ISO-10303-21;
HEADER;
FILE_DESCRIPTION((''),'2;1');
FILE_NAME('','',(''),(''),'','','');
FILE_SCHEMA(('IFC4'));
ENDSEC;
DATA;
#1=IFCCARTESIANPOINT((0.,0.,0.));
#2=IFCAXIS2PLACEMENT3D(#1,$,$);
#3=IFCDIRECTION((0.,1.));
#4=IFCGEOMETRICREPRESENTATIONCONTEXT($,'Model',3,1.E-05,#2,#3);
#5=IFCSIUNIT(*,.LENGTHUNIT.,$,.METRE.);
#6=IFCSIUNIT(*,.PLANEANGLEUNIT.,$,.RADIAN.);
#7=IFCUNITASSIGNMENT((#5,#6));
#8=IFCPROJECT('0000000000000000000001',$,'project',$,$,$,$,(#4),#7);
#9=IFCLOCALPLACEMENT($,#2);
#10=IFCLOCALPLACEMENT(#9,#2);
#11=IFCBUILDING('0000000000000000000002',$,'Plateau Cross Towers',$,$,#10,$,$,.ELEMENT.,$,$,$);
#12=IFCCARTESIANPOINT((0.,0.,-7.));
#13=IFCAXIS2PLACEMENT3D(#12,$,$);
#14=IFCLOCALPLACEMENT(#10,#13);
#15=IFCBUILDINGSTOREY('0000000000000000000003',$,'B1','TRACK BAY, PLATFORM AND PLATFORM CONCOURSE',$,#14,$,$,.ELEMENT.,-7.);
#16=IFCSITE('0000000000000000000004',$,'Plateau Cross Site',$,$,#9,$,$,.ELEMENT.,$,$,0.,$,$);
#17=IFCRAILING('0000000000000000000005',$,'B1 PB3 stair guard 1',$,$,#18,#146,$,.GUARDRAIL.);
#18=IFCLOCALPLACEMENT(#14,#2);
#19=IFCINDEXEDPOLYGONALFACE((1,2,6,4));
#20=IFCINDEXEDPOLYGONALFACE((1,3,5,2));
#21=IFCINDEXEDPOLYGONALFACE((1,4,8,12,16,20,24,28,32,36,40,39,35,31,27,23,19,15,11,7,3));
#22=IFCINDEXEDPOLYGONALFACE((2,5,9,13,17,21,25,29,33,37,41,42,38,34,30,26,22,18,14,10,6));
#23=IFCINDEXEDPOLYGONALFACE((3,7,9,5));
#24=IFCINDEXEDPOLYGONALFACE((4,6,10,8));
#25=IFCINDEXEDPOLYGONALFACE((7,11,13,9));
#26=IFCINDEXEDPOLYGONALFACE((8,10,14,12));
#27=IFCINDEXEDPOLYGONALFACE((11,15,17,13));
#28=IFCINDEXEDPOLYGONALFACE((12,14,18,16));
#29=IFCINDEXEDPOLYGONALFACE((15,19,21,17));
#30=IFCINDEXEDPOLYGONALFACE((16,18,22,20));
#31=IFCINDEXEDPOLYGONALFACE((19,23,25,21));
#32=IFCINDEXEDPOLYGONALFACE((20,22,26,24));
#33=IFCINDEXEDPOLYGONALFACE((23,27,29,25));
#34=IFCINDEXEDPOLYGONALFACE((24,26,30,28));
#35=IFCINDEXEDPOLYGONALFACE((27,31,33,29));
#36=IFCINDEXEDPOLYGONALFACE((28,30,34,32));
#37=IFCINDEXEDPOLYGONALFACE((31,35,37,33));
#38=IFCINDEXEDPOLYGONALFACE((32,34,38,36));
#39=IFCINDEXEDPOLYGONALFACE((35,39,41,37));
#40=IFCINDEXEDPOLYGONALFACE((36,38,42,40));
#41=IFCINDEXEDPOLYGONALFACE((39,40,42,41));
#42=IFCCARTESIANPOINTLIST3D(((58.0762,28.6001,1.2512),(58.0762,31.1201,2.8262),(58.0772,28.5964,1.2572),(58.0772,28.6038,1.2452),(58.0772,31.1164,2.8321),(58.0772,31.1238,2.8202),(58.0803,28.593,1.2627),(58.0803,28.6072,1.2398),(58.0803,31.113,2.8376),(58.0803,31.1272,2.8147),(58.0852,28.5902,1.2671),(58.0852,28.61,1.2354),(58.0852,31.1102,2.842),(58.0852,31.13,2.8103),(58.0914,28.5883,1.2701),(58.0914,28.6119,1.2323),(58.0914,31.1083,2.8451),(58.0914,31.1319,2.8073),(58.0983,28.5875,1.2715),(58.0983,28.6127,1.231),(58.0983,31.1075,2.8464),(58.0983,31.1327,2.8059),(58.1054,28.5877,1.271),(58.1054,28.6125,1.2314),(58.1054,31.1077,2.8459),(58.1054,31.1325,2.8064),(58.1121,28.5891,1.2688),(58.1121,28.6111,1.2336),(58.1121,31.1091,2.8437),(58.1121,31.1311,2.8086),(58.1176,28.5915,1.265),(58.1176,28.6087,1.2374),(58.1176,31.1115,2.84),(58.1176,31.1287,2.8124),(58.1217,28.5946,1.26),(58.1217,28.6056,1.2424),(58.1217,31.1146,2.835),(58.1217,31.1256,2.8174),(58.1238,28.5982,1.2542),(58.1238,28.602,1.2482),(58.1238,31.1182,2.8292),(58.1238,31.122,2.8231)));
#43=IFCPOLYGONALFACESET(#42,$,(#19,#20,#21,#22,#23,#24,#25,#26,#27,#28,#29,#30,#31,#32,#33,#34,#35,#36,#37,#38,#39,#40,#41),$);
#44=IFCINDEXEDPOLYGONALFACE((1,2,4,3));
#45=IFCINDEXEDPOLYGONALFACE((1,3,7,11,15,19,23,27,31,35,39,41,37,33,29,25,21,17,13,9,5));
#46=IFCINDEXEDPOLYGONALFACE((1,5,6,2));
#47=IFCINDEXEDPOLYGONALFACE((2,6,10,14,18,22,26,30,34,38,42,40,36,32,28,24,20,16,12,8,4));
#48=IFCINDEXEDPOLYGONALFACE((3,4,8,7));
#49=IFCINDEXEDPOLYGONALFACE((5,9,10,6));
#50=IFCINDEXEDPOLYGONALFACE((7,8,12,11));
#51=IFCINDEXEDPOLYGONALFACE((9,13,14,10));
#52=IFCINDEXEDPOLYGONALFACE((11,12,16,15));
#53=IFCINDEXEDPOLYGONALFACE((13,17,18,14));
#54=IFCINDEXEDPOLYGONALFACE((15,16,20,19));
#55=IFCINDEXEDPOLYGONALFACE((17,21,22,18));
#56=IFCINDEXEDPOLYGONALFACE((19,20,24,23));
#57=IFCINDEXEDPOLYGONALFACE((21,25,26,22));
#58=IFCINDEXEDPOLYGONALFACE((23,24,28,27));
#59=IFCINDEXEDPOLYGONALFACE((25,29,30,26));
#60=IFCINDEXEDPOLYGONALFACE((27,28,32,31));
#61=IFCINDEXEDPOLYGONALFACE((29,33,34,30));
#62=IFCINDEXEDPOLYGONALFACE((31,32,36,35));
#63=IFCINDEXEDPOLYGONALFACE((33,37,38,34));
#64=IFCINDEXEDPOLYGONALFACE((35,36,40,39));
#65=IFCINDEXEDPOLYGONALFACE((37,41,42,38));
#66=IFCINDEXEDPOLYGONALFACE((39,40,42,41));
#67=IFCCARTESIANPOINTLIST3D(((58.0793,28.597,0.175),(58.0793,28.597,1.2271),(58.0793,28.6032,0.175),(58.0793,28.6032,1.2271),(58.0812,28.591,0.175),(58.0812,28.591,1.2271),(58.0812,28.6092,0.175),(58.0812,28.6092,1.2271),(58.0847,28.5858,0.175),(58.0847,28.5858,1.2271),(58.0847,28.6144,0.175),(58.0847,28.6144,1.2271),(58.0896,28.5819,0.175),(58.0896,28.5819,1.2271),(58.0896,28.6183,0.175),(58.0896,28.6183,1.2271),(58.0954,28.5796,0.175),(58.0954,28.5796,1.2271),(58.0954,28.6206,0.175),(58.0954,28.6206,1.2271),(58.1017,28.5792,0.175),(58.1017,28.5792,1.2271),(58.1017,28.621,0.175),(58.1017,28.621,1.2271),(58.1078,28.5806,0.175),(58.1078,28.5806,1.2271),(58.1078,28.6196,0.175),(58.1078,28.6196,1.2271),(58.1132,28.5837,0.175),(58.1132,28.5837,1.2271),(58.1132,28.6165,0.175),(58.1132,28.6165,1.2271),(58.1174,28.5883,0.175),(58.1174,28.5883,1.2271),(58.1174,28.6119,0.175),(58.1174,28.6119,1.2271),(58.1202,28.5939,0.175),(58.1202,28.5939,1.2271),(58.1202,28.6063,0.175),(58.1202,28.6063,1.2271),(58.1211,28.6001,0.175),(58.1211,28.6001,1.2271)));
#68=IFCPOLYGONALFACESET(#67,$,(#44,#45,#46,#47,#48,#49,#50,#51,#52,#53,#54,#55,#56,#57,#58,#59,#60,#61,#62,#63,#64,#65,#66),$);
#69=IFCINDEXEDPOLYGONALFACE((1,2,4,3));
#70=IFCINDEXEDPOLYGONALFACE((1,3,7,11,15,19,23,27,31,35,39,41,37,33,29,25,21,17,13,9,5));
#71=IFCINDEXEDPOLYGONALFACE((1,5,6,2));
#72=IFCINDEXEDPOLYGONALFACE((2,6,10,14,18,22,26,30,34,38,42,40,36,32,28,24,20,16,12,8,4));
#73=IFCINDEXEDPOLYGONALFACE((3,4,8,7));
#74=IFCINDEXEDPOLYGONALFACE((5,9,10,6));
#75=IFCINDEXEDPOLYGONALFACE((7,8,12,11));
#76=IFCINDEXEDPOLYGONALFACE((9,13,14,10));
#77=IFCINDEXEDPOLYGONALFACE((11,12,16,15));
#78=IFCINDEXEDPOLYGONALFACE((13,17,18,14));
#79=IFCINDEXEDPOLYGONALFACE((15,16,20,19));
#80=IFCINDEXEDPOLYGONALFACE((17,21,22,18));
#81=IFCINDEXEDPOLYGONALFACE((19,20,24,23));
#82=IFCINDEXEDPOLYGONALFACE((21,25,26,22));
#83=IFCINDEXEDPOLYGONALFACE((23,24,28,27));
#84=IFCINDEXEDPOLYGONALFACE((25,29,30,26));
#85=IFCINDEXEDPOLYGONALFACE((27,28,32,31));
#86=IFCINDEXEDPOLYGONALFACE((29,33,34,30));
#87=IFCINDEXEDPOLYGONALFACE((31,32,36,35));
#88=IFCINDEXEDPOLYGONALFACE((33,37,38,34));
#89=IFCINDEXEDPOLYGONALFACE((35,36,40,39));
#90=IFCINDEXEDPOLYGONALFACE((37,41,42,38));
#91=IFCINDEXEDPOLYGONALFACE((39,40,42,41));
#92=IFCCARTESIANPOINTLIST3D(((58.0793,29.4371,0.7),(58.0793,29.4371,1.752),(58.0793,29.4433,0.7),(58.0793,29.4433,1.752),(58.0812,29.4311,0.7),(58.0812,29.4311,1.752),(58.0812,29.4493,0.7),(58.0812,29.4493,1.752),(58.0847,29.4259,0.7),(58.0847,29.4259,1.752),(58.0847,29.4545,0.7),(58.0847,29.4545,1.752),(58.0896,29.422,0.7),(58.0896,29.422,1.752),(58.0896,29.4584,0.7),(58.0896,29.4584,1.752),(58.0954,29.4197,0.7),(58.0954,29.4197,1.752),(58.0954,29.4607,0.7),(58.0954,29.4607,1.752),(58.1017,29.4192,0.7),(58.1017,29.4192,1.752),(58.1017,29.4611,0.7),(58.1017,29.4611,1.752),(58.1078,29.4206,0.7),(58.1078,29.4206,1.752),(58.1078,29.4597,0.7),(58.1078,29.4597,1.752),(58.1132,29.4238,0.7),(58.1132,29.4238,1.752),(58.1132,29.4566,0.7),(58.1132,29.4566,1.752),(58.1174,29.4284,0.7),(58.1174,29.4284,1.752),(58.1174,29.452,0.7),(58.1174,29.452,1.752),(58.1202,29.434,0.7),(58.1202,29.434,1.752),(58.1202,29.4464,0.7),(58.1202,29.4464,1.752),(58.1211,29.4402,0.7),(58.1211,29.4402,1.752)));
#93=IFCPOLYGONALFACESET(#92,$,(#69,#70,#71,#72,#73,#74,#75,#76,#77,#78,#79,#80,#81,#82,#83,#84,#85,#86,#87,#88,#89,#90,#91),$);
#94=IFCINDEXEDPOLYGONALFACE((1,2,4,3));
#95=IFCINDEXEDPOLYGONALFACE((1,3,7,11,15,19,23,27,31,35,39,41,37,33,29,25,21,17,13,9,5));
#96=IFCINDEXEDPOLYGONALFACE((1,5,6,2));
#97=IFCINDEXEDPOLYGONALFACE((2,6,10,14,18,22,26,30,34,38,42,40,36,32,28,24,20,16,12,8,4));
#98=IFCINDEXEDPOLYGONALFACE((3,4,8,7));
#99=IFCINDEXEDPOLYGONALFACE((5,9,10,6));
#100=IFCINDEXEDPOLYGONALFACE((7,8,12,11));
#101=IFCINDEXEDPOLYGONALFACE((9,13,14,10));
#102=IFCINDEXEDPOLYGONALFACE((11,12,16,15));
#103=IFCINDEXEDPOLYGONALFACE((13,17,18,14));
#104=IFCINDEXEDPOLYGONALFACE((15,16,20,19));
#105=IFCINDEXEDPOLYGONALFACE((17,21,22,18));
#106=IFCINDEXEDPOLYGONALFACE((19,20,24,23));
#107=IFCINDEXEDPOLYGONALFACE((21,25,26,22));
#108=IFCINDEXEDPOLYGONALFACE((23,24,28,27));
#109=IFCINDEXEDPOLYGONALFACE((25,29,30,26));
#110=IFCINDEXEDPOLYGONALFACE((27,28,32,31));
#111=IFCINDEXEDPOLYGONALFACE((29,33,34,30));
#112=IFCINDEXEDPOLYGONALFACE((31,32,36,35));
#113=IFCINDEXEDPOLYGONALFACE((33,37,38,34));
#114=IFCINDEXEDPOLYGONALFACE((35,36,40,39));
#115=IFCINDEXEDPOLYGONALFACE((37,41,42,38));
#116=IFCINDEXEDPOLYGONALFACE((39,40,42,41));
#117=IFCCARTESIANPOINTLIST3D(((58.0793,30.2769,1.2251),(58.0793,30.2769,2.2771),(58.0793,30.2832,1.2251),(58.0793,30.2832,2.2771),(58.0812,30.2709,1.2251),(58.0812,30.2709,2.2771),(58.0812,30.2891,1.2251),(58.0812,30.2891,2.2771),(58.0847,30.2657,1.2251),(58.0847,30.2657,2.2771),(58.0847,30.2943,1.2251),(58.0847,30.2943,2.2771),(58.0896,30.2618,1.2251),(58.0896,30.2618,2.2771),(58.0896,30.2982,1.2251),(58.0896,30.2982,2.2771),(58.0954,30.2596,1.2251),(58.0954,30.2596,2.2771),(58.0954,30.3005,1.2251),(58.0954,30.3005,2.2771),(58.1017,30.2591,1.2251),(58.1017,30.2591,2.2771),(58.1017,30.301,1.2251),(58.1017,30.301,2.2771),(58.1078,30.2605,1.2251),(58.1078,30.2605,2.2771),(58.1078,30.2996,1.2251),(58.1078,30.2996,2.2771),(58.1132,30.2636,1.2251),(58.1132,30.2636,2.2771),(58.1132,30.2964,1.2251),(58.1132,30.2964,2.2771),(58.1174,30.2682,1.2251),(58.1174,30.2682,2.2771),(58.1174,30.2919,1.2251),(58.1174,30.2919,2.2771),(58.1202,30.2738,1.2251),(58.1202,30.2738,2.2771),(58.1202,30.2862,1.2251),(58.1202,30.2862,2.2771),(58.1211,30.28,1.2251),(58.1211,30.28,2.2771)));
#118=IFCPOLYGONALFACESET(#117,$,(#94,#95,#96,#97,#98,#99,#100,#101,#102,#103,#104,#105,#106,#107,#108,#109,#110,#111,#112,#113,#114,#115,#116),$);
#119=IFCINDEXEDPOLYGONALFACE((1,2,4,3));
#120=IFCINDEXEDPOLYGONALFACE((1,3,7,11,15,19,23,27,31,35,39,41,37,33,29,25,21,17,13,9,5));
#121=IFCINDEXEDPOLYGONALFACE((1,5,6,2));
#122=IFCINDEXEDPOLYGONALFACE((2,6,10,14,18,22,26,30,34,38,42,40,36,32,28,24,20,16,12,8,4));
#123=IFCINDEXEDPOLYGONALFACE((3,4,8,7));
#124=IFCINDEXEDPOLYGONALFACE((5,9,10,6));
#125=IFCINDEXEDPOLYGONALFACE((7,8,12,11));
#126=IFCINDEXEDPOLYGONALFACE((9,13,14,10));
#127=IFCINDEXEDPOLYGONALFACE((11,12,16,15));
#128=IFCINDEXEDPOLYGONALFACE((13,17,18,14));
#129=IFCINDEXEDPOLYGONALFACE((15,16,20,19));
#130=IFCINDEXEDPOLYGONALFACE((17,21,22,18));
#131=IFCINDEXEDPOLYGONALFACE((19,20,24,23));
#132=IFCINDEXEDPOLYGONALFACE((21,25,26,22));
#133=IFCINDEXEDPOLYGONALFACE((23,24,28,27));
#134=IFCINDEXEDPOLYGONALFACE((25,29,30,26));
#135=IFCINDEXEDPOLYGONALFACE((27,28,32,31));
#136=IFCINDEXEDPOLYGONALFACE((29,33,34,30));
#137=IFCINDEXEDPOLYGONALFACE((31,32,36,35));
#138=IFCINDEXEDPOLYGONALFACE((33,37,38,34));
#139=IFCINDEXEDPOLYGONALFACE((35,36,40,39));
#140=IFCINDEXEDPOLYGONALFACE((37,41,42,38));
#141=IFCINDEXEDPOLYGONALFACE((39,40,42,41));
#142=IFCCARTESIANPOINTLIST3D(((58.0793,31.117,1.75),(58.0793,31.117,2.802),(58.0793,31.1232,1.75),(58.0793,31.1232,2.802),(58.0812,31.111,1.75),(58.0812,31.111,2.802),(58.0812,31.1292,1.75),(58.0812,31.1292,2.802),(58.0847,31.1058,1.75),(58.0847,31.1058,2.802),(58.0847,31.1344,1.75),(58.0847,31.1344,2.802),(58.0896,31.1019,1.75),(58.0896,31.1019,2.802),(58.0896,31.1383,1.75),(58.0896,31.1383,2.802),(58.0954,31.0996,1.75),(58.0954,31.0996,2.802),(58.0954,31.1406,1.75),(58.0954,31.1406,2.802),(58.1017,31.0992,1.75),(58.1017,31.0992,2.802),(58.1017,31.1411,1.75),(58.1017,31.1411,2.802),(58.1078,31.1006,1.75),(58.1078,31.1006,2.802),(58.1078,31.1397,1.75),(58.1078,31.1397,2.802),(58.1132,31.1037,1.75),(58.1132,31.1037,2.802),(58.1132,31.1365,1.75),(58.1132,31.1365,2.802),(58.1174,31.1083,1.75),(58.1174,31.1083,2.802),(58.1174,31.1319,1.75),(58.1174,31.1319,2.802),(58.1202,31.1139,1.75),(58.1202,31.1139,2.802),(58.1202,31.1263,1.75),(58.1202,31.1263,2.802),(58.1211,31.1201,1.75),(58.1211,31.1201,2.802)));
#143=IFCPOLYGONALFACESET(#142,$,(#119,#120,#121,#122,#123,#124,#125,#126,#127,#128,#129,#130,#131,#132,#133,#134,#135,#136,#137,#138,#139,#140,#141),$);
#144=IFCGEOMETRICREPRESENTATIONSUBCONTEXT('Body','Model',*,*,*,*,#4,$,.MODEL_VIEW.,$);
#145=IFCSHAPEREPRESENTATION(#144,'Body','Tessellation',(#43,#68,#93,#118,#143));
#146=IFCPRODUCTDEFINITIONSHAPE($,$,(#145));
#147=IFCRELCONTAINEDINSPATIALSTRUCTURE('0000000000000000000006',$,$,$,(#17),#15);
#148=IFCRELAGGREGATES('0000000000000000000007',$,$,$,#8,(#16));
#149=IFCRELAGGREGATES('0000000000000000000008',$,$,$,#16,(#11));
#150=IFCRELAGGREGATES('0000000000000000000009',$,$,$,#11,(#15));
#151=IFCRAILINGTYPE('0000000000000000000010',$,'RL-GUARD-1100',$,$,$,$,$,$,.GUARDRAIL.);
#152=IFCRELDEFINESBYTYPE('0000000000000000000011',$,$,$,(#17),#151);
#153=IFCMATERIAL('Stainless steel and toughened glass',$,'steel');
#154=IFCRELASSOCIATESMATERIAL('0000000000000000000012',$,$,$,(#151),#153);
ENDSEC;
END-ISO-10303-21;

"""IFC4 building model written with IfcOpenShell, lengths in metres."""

from ifc_helpers import new_model, si_unit, direction, frame, origin, origin_2d, place, context, subcontext, project, spatial, circle, extrude, material, type_object, element, save


model = new_model("IFC4")

# Units and contexts
model_context = context("Model", 3, precision=1e-05, world=origin(), true_north=direction((0.0, 1.0)))
body_context = subcontext(model_context, "Body", "Model", "MODEL_VIEW")
ifc_project = project(units=[si_unit("LENGTHUNIT", "METRE"), si_unit("PLANEANGLEUNIT", "RADIAN")], contexts=[model_context])

# Site, building, storey
site_placement = place(None, origin())
site = spatial("IfcSite", under=ifc_project, at=site_placement, Name="Plateau Cross Site", CompositionType="ELEMENT", RefElevation=0.0)
building_placement = place(site_placement, origin())
building = spatial("IfcBuilding", under=site, at=building_placement, Name="Plateau Cross Towers", CompositionType="ELEMENT")
storey_placement = place(building_placement, frame((0.0, 0.0, -7.0)))
storey = spatial("IfcBuildingStorey", under=building, at=storey_placement, Name="B1", Description="TRACK BAY, PLATFORM AND PLATFORM CONCOURSE", CompositionType="ELEMENT", Elevation=-7.0)

# Railing
ifc_material_1 = material(Name="Stainless steel and toughened glass", Category="steel")
railing_type_1 = type_object("IfcRailingType", Name="RL-GUARD-1100", PredefinedType="GUARDRAIL", material=ifc_material_1)
railing_1_placement = place(storey_placement, frame((58.1001, 28.6001, 0.175)))
element("IfcRailing", 1, at=railing_1_placement, inside=storey, type_object=railing_type_1, Name="B1 PB3 stair guard 1", PredefinedType="GUARDRAIL", context=body_context, shape_type="SweptSolid", body=[
    extrude(circle(Radius=0.0239, at=origin_2d()), frame((0.0, 0.0, 1.0762), z_axis=(0.0, 0.848008, 0.529984), x_axis=(-1.0, 0.0, 0.0)), (0.0, 0.0, 1.0), 2.9717),
    extrude(circle(Radius=0.021, at=origin_2d()), origin(), (0.0, 0.0, 1.0), 1.052),
    extrude(circle(Radius=0.021, at=origin_2d()), frame((0.0, 0.8401, 0.5249)), (0.0, 0.0, 1.0), 1.052),
    extrude(circle(Radius=0.021, at=origin_2d()), frame((0.0, 1.6799, 1.05)), (0.0, 0.0, 1.0), 1.052),
    extrude(circle(Radius=0.021, at=origin_2d()), frame((0.0, 2.52, 1.575)), (0.0, 0.0, 1.0), 1.052),
])

save(model, "model.ifc")
